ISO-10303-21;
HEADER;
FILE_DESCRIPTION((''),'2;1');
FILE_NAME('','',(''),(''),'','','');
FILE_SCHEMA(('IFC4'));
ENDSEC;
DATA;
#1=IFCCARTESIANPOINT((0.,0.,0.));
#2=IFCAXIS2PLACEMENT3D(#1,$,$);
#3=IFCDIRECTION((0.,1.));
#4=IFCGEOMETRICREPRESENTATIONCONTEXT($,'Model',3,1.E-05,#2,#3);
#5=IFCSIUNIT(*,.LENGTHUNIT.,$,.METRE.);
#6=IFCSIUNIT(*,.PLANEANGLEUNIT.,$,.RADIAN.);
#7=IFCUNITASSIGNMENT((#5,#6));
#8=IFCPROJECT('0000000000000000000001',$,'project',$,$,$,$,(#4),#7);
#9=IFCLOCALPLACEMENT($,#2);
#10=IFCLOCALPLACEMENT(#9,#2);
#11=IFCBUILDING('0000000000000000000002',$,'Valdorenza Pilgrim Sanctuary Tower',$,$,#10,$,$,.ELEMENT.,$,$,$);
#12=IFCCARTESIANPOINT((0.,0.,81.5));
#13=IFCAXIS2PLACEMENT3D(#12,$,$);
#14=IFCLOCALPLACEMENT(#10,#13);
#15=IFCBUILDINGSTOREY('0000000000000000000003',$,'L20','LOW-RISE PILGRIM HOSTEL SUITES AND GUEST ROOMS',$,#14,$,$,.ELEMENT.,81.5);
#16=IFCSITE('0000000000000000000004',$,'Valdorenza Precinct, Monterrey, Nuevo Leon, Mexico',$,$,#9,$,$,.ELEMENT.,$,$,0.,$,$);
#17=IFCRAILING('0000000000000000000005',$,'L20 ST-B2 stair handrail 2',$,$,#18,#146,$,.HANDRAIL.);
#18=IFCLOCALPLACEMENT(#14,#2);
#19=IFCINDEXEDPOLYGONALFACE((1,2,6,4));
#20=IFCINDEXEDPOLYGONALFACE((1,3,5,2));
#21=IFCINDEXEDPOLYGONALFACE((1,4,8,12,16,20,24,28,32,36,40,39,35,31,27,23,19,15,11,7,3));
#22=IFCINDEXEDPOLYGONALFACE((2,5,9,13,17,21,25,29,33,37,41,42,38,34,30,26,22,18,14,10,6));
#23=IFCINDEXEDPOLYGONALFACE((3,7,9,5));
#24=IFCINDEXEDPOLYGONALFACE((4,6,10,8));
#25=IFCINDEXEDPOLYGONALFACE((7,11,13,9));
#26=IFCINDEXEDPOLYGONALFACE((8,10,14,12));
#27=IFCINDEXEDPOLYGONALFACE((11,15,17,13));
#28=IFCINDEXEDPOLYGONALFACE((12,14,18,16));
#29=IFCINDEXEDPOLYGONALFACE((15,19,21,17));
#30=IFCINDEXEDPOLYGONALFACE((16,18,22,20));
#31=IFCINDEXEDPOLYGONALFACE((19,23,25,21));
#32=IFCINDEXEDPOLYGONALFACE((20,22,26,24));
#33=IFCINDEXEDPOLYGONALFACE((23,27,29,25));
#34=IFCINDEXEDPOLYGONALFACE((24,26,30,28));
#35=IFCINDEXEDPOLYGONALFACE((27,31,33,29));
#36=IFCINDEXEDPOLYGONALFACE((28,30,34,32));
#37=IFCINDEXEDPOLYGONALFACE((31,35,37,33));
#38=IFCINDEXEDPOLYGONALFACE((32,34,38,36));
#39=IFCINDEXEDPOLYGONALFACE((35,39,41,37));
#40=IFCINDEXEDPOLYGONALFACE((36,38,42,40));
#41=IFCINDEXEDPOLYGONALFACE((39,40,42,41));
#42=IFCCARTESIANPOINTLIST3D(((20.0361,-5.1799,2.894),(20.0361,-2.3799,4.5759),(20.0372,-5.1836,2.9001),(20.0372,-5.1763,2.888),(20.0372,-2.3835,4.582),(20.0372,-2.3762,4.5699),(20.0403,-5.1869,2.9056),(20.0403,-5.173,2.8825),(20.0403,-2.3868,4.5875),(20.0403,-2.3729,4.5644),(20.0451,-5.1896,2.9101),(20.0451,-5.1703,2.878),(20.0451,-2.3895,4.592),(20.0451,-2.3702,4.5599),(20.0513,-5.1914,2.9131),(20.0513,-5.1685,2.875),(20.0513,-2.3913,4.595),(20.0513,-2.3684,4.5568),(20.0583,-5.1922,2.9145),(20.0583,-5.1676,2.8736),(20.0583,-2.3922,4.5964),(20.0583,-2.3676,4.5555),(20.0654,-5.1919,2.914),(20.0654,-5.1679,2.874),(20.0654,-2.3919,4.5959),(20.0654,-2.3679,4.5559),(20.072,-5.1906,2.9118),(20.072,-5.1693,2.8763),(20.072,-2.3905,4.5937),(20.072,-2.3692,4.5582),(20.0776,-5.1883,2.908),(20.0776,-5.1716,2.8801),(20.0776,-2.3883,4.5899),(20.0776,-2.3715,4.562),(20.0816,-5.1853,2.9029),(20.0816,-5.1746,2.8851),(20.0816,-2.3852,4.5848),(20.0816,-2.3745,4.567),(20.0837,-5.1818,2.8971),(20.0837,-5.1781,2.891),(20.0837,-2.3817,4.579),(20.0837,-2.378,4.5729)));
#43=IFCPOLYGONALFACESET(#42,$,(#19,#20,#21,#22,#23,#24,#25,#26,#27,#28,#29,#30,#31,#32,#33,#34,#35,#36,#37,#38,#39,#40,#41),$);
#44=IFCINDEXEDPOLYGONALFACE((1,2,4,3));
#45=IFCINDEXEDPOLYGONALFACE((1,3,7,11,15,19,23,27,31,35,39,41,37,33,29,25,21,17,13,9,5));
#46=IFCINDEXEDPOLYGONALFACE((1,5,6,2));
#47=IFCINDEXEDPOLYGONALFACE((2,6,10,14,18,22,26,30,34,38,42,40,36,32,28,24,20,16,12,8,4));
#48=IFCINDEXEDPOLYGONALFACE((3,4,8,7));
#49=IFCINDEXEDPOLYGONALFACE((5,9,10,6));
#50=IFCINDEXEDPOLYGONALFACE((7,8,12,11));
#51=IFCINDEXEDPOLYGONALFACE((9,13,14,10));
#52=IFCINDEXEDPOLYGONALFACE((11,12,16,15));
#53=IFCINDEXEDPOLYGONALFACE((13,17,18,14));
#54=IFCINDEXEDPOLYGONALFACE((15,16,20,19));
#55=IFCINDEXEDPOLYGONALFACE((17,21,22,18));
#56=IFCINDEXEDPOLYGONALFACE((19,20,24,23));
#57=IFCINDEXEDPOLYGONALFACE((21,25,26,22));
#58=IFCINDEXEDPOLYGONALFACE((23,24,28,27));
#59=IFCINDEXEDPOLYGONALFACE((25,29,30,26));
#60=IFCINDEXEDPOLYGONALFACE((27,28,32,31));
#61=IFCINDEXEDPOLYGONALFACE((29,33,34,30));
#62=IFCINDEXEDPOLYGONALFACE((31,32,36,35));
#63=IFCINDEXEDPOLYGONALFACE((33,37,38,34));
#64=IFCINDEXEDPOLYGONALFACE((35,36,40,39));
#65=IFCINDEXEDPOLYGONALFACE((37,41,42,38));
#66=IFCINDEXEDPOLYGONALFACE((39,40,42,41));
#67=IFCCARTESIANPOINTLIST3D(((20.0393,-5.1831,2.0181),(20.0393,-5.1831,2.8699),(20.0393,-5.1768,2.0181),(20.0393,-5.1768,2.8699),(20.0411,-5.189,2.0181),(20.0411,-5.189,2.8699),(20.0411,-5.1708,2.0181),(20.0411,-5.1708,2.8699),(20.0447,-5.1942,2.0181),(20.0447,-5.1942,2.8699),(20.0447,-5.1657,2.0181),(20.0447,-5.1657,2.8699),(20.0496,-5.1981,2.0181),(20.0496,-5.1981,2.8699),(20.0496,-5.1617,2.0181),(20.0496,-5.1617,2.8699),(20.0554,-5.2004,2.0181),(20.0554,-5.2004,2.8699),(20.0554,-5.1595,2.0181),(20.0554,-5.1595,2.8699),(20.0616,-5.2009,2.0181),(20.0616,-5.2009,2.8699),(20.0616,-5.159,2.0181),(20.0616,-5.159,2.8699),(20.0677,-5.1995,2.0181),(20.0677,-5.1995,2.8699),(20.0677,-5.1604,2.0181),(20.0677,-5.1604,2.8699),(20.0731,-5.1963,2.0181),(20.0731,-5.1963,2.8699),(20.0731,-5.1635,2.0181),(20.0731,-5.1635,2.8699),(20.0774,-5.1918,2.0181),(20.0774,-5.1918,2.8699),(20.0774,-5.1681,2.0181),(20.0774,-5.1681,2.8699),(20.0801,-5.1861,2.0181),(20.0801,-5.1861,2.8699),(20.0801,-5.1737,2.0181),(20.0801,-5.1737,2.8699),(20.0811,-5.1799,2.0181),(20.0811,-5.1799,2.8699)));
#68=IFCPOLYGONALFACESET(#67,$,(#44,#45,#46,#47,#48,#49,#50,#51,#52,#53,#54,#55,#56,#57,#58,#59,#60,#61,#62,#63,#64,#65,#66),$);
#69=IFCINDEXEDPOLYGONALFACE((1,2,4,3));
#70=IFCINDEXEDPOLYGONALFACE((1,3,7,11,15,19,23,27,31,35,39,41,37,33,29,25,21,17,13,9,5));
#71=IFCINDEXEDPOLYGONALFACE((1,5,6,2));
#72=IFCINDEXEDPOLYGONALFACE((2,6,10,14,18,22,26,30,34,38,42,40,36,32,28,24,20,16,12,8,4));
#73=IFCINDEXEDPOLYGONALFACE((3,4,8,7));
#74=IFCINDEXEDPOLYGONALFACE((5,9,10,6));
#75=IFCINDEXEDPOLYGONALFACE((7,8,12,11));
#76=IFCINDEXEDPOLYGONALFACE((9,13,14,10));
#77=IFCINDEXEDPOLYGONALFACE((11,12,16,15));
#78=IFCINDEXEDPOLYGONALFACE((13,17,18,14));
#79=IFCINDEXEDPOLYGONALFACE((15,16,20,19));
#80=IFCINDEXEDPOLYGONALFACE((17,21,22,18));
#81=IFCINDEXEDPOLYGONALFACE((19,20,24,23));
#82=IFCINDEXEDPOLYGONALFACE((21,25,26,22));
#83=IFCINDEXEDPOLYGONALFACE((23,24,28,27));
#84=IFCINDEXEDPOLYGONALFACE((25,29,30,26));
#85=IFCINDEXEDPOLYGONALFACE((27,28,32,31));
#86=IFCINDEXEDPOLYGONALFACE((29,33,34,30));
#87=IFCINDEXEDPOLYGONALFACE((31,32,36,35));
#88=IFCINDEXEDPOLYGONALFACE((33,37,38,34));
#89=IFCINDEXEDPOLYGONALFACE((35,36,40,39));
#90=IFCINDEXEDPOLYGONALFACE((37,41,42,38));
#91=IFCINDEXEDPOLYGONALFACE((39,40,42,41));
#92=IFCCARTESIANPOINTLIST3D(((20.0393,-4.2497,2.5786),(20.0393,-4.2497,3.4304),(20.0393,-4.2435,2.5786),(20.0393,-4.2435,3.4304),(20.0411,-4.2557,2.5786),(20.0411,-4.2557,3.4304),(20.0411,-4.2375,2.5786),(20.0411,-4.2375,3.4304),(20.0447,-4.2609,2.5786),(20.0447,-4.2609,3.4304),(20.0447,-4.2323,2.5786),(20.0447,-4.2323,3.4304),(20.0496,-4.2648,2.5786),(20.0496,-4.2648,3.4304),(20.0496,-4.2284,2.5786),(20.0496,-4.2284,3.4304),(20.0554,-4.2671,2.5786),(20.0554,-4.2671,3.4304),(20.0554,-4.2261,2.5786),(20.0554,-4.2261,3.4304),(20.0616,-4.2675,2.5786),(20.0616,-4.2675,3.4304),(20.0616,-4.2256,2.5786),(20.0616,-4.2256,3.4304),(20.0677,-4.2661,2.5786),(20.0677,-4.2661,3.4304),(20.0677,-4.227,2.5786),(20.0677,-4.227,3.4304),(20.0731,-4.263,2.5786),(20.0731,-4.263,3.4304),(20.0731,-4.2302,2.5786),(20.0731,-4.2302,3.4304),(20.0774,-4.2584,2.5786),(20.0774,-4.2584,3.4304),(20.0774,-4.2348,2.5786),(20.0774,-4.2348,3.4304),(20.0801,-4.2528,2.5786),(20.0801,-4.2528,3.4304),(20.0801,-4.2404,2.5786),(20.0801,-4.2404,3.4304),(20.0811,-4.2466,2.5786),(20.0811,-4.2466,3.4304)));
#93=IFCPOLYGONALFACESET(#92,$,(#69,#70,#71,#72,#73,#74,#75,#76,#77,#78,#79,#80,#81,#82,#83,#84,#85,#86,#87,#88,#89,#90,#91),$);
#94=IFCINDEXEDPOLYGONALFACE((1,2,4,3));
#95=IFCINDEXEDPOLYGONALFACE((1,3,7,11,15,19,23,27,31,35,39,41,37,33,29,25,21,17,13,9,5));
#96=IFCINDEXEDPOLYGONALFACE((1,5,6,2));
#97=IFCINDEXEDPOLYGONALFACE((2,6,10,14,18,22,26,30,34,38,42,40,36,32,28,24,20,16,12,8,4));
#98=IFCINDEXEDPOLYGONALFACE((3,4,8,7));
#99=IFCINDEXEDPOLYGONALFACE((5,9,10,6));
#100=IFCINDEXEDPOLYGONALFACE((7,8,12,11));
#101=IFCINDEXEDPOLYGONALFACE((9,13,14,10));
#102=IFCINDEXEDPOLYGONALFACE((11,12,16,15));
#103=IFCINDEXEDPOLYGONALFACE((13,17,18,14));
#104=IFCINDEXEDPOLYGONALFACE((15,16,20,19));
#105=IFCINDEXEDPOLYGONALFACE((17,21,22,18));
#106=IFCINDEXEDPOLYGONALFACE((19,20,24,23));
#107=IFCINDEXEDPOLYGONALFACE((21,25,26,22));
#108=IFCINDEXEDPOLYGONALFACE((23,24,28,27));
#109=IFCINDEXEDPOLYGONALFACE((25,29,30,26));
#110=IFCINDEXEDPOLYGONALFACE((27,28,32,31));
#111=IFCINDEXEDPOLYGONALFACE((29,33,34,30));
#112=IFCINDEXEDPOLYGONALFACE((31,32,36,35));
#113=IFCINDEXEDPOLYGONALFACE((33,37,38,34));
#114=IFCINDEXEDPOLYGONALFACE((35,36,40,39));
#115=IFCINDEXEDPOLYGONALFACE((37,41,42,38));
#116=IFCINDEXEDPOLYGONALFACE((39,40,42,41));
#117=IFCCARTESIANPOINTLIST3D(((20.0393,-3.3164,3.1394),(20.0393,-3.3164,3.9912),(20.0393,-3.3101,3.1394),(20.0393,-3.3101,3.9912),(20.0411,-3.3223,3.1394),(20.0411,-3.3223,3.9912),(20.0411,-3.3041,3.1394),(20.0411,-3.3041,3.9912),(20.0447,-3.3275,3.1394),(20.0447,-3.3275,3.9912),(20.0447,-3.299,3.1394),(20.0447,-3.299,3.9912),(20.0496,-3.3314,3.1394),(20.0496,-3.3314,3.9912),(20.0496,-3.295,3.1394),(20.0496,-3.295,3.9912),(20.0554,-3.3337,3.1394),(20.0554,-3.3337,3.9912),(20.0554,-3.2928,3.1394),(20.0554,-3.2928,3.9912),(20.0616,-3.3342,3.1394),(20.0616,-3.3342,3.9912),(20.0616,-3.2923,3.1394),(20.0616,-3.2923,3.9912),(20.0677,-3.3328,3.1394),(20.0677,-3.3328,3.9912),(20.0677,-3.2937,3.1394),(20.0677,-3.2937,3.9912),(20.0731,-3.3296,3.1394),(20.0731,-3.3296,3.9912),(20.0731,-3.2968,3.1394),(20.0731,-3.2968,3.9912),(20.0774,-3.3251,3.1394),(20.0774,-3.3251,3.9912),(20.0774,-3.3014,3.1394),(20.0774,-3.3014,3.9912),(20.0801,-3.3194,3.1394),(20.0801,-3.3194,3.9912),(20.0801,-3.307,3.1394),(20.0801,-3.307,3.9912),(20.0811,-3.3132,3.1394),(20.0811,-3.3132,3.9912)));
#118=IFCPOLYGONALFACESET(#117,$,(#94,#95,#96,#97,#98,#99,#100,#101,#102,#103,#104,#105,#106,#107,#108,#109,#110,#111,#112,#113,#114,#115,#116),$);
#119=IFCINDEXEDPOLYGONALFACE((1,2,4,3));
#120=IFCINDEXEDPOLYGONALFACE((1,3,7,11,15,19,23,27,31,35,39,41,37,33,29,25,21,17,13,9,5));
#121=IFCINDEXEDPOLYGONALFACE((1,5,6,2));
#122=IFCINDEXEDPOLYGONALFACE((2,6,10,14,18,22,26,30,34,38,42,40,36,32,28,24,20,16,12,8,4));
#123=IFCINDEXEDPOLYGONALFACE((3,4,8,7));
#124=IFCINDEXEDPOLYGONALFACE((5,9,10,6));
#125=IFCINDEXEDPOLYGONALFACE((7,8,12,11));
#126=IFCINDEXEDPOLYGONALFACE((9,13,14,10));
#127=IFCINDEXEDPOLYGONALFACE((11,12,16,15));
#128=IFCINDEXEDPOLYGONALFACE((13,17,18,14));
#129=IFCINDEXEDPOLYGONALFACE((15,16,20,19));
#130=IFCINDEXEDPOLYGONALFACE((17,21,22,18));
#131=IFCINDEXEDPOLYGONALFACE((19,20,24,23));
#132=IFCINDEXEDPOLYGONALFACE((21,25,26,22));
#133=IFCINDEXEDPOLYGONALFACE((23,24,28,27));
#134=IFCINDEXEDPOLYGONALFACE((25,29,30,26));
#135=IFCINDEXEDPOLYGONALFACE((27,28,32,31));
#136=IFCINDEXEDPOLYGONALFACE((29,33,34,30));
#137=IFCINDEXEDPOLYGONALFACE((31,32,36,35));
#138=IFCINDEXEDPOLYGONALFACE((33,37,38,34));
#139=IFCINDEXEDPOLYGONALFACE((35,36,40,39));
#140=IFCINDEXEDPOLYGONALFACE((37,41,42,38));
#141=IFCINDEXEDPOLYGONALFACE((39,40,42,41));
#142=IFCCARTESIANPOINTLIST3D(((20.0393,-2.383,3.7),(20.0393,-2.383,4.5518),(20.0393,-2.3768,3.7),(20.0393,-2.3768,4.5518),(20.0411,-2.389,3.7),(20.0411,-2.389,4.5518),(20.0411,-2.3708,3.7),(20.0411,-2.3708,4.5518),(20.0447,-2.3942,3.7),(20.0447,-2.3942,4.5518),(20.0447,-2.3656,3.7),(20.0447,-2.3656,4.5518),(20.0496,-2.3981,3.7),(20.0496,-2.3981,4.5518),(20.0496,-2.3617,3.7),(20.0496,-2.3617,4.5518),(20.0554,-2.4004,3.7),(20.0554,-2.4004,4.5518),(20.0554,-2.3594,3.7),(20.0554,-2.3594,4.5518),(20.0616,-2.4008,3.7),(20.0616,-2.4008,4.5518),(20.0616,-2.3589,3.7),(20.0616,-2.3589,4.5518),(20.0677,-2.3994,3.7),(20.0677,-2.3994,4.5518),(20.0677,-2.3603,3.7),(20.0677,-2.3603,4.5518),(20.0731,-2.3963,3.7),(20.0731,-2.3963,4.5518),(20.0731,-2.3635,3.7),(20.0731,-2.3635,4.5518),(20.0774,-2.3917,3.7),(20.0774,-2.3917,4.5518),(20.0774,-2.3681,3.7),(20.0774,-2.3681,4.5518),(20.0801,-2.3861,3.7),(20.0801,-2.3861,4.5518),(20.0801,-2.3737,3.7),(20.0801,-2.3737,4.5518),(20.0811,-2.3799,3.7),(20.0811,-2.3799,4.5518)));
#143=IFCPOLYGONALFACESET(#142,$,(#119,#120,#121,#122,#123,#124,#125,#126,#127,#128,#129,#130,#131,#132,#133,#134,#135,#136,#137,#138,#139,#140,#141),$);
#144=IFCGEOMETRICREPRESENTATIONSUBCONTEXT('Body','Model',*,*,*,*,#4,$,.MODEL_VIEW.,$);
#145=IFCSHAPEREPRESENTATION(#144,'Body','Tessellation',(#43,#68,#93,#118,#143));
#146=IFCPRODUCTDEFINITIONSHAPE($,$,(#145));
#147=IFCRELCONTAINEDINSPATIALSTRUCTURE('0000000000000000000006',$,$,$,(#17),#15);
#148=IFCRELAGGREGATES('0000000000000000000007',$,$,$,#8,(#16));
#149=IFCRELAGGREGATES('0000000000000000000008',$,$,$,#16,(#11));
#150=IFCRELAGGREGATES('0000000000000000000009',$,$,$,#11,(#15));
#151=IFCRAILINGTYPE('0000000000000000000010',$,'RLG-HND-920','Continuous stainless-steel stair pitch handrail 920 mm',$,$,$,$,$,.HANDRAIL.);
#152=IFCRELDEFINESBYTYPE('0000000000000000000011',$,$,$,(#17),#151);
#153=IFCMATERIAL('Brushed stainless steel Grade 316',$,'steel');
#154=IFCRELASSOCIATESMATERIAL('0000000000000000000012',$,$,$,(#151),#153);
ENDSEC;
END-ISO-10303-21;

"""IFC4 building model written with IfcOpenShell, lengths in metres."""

from ifc_helpers import new_model, si_unit, direction, frame, origin, origin_2d, place, context, subcontext, project, spatial, circle, extrude, material, type_object, element, save


model = new_model("IFC4")

# Units and contexts
model_context = context("Model", 3, precision=1e-05, world=origin(), true_north=direction((0.0, 1.0)))
body_context = subcontext(model_context, "Body", "Model", "MODEL_VIEW")
ifc_project = project(units=[si_unit("LENGTHUNIT", "METRE"), si_unit("PLANEANGLEUNIT", "RADIAN")], contexts=[model_context])

# Site, building, storey
site_placement = place(None, origin())
site = spatial("IfcSite", under=ifc_project, at=site_placement, Name="Valdorenza Precinct, Monterrey, Nuevo Leon, Mexico", CompositionType="ELEMENT", RefElevation=0.0)
building_placement = place(site_placement, origin())
building = spatial("IfcBuilding", under=site, at=building_placement, Name="Valdorenza Pilgrim Sanctuary Tower", CompositionType="ELEMENT")
storey_placement = place(building_placement, frame((0.0, 0.0, 81.5)))
storey = spatial("IfcBuildingStorey", under=building, at=storey_placement, Name="L20", Description="LOW-RISE PILGRIM HOSTEL SUITES AND GUEST ROOMS", CompositionType="ELEMENT", Elevation=81.5)

# Shared definitions
ifc_material_1 = material(Name="Brushed stainless steel Grade 316", Category="steel")

# Railing
railing_type_1 = type_object("IfcRailingType", Name="RLG-HND-920", Description="Continuous stainless-steel stair pitch handrail 920 mm", PredefinedType="HANDRAIL", material=ifc_material_1)
railing_1_placement = place(storey_placement, frame((20.0601, -5.1799, 2.0181)))
element("IfcRailing", 1, at=railing_1_placement, inside=storey, type_object=railing_type_1, Name="L20 ST-B2 stair handrail 2", PredefinedType="HANDRAIL", context=body_context, shape_type="SweptSolid", body=[
    extrude(circle(Radius=0.0239, at=origin_2d()), frame((0.0, 0.0, 0.876), z_axis=(0.0, 0.857242, 0.514913), x_axis=(-1.0, 0.0, 0.0)), (0.0, 0.0, 1.0), 3.2664),
    extrude(circle(Radius=0.021, at=origin_2d()), origin(), (0.0, 0.0, 1.0), 0.8518),
    extrude(circle(Radius=0.021, at=origin_2d()), frame((0.0, 0.9333, 0.5605)), (0.0, 0.0, 1.0), 0.8518),
    extrude(circle(Radius=0.021, at=origin_2d()), frame((0.0, 1.8667, 1.1213)), (0.0, 0.0, 1.0), 0.8518),
    extrude(circle(Radius=0.021, at=origin_2d()), frame((0.0, 2.8, 1.6819)), (0.0, 0.0, 1.0), 0.8518),
])

save(model, "model.ifc")
